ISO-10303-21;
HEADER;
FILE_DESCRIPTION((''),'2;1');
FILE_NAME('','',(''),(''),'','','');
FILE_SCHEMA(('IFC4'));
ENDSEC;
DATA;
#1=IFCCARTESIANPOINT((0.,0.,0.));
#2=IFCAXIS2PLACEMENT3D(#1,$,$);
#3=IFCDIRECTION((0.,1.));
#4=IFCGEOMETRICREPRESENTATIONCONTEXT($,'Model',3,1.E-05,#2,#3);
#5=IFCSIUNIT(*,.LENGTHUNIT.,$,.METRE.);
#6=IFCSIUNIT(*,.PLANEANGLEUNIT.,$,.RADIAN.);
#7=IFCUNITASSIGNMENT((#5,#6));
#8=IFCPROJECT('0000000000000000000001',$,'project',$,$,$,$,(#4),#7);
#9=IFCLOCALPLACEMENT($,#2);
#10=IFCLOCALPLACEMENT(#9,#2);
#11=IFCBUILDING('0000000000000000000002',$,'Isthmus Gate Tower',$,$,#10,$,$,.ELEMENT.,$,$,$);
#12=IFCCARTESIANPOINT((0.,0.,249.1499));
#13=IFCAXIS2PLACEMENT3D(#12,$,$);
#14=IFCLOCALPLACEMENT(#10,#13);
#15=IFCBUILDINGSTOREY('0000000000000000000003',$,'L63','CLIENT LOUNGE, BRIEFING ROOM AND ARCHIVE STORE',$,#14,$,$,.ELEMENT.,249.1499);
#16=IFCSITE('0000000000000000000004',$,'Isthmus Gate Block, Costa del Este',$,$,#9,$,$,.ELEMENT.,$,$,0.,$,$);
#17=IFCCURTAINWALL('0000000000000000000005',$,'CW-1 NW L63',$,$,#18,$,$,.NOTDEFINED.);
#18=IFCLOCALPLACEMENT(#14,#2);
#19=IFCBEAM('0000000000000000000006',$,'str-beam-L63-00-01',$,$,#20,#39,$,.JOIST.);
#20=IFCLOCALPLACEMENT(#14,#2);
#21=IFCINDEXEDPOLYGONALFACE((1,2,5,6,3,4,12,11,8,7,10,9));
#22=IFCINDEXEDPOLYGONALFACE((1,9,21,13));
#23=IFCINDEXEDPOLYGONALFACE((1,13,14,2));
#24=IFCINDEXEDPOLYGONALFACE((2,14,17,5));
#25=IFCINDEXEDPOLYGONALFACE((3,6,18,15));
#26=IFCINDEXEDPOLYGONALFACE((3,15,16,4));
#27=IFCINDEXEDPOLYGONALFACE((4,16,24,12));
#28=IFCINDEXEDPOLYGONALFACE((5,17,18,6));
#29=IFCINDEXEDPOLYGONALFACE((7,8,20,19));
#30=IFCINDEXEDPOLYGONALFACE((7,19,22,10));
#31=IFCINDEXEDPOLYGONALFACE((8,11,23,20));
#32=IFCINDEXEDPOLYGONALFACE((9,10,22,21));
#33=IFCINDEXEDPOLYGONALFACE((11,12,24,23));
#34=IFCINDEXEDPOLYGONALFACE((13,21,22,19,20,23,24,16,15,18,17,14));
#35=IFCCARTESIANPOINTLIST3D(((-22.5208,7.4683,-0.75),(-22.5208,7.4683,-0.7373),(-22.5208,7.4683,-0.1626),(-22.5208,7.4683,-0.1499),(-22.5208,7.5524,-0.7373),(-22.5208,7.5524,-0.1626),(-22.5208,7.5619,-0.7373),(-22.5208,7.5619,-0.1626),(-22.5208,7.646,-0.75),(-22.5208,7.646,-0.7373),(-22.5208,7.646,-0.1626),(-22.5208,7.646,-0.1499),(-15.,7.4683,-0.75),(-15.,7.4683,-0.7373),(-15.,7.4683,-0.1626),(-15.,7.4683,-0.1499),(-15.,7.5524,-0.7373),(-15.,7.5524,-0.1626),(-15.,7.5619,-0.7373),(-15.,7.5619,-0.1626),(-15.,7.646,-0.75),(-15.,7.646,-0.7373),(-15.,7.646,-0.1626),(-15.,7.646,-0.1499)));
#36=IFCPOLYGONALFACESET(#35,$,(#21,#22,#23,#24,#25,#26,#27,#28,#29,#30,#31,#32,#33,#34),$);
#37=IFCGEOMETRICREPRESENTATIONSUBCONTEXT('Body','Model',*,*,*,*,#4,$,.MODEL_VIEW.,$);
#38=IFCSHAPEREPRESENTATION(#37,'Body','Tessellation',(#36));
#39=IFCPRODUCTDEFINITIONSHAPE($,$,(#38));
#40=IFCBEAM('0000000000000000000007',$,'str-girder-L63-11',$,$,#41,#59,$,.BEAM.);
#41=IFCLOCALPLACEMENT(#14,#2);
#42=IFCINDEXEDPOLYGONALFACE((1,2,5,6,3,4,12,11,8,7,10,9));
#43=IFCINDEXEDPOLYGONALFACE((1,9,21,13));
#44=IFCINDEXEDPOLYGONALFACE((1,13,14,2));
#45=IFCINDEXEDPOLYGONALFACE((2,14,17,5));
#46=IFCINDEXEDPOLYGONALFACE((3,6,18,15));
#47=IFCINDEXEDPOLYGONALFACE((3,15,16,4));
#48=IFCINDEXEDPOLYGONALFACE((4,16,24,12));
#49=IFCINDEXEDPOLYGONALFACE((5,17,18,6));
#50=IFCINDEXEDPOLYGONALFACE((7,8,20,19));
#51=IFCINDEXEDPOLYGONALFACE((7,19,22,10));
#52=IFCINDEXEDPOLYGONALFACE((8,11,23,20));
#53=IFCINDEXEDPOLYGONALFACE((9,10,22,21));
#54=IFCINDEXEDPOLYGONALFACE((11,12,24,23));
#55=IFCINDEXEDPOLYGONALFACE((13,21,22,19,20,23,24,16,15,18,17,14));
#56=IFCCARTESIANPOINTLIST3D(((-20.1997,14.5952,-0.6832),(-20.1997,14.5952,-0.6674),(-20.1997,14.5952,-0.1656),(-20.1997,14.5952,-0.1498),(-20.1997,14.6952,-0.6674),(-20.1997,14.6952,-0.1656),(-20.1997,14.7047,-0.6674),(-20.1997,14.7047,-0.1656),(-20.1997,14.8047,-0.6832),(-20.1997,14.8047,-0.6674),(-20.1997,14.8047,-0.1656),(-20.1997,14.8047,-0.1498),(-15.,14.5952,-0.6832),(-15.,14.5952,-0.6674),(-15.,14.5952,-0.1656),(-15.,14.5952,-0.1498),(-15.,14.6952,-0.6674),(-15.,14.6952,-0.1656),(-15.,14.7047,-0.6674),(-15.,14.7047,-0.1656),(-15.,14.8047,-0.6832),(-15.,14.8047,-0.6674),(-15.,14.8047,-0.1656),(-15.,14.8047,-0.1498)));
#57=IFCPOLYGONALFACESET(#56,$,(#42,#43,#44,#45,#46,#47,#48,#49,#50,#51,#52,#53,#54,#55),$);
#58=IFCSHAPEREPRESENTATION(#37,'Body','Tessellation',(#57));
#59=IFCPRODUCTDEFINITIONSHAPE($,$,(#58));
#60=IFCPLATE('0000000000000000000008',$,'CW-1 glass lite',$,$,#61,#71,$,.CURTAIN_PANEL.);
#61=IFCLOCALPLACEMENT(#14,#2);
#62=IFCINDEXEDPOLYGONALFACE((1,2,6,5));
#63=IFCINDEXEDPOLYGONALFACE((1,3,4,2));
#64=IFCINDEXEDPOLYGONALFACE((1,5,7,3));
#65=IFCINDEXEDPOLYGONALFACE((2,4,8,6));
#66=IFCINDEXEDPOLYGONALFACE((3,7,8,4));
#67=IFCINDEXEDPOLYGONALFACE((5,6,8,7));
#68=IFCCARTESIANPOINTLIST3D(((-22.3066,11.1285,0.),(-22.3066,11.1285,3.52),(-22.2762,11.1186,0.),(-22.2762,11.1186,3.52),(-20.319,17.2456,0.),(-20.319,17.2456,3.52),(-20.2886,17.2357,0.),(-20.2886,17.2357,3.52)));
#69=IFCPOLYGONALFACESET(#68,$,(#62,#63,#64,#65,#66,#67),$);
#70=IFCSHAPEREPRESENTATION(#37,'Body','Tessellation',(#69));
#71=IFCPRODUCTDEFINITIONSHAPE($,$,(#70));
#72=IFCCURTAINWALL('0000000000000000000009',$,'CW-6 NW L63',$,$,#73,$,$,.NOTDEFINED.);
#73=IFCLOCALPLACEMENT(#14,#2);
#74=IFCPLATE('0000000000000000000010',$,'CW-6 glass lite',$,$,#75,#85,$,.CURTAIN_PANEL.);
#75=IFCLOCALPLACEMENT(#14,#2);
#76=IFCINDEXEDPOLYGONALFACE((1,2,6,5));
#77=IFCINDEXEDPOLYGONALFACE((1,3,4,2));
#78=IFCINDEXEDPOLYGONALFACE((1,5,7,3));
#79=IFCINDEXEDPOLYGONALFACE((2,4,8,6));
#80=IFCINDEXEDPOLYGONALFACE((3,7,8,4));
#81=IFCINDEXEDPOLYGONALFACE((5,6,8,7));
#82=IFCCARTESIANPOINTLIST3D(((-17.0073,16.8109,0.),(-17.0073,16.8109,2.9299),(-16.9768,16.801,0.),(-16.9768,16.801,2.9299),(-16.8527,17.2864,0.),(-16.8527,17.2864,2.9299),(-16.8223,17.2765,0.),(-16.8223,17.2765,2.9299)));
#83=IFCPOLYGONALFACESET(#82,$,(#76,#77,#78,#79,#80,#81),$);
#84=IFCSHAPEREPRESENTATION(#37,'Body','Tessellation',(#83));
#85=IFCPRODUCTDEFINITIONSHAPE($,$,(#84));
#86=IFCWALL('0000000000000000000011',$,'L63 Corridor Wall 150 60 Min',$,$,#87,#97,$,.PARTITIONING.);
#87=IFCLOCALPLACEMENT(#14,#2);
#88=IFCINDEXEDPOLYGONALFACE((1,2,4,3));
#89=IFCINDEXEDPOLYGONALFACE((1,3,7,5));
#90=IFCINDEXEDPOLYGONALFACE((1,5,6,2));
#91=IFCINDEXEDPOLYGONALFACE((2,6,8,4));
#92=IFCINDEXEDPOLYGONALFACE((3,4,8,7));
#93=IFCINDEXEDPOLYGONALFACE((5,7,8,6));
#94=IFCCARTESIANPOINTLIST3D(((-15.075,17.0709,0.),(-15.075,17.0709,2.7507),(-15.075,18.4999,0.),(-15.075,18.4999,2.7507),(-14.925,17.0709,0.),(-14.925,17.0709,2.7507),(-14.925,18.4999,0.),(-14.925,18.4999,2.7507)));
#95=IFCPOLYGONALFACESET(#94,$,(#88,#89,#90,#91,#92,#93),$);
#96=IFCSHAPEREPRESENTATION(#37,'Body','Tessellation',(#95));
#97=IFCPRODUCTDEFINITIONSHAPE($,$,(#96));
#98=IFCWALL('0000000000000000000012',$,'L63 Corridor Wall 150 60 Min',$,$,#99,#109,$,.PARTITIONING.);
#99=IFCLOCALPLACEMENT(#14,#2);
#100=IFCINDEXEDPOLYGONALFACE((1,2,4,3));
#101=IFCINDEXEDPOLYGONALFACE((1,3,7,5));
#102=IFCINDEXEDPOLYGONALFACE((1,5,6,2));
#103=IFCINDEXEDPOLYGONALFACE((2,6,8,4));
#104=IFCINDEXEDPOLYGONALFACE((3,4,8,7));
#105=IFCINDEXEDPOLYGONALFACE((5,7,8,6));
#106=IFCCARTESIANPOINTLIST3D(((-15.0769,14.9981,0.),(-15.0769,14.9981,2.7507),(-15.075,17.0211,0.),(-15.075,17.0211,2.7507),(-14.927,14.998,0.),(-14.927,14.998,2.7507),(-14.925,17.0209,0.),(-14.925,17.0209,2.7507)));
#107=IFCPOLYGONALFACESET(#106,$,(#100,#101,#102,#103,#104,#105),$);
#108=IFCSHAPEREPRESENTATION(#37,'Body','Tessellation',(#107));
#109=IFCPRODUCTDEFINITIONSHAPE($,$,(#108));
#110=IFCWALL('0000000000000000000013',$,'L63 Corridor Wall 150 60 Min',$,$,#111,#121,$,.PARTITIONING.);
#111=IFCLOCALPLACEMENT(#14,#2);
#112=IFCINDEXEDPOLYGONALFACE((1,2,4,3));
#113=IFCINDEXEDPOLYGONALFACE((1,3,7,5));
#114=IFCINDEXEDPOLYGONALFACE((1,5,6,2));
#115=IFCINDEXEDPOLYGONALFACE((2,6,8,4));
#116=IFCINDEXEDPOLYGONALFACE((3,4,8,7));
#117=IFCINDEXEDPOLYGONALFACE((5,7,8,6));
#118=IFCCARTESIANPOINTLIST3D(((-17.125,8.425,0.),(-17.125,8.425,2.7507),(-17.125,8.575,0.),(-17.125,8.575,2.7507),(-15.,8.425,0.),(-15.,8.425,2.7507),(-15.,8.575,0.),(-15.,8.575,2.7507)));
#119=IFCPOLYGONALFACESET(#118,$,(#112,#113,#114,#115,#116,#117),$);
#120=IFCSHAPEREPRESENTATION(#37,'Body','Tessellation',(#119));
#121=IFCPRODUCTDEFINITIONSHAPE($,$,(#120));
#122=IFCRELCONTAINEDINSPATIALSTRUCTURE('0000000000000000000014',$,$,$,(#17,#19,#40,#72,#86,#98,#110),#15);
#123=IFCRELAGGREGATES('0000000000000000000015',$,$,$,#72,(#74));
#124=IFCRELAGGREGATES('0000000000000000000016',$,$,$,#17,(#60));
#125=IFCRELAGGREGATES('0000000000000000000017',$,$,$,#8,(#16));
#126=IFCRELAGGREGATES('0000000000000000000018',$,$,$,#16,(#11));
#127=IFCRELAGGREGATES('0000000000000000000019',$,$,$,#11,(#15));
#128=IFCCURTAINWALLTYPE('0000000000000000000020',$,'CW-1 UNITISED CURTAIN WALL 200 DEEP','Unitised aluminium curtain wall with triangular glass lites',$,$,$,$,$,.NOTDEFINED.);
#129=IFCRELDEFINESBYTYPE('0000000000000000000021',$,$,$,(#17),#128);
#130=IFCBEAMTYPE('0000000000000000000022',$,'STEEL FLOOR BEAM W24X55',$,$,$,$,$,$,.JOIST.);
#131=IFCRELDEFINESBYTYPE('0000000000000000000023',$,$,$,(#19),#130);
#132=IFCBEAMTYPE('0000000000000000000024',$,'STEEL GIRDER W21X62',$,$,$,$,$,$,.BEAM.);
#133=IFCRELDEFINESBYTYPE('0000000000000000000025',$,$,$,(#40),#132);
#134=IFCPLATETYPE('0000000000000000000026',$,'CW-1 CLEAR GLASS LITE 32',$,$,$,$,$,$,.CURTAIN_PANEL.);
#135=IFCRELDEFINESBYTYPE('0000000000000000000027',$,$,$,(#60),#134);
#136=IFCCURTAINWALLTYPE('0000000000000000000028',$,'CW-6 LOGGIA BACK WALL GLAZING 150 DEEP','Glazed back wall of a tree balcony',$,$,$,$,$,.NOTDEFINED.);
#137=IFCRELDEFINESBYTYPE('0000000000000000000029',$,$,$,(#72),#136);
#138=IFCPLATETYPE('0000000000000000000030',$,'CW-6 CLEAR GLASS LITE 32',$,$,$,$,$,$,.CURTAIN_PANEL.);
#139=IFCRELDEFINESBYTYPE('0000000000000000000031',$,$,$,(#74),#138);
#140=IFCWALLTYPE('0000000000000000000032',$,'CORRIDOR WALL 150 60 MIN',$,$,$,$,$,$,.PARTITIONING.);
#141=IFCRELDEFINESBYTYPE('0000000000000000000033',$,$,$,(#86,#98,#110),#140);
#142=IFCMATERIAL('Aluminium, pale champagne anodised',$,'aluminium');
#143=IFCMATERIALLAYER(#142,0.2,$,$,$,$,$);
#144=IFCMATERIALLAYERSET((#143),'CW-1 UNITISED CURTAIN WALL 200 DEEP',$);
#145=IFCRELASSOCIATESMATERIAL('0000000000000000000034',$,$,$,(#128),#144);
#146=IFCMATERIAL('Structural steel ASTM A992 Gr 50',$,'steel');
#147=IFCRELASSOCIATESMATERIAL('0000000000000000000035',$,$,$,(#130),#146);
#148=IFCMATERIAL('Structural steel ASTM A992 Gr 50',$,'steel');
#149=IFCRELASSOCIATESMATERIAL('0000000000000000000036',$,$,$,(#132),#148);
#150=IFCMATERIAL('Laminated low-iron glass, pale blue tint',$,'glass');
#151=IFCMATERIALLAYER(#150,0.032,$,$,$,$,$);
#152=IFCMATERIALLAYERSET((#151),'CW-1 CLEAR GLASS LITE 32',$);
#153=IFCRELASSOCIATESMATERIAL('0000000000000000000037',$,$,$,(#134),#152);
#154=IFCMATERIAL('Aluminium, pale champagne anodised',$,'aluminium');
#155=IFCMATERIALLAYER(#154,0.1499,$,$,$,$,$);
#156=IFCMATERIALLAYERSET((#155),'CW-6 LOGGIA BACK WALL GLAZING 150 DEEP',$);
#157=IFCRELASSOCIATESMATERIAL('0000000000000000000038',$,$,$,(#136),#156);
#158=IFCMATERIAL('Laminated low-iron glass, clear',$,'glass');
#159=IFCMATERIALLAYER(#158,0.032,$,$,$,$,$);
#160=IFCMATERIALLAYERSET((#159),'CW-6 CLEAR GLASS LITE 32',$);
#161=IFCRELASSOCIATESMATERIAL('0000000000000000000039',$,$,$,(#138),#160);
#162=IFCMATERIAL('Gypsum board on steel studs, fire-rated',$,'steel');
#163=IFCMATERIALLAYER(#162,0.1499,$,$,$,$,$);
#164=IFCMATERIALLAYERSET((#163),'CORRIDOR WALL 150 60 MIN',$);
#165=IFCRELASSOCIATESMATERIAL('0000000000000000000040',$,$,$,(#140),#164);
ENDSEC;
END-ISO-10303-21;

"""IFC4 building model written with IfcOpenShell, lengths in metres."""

from ifc_helpers import new_model, si_unit, direction, frame, frame_2d, origin, origin_2d, place, context, subcontext, project, spatial, rectangle, i_section, extrude, material, layer, layer_set, material_profile, profile_set, type_object, element, aggregate, save


model = new_model("IFC4")

# Units and contexts
model_context = context("Model", 3, precision=1e-05, world=origin(), true_north=direction((0.0, 1.0)))
body_context = subcontext(model_context, "Body", "Model", "MODEL_VIEW")
ifc_project = project(units=[si_unit("LENGTHUNIT", "METRE"), si_unit("PLANEANGLEUNIT", "RADIAN")], contexts=[model_context])

# Site, building, storey
site_placement = place(None, origin())
site = spatial("IfcSite", under=ifc_project, at=site_placement, Name="Isthmus Gate Block, Costa del Este", CompositionType="ELEMENT", RefElevation=0.0)
building_placement = place(site_placement, origin())
building = spatial("IfcBuilding", under=site, at=building_placement, Name="Isthmus Gate Tower", CompositionType="ELEMENT")
storey_placement = place(building_placement, frame((0.0, 0.0, 249.1499)))
storey = spatial("IfcBuildingStorey", under=building, at=storey_placement, Name="L63", Description="CLIENT LOUNGE, BRIEFING ROOM AND ARCHIVE STORE", CompositionType="ELEMENT", Elevation=249.1499)

# Curtain wall
ifc_material_1 = material(Name="Aluminium, pale champagne anodised", Category="aluminium")
ifc_layer_1 = layer(ifc_material_1, 0.2)
ifc_layer_set_1 = layer_set([ifc_layer_1], Name="CW-1 UNITISED CURTAIN WALL 200 DEEP")
curtain_wall_type_1 = type_object("IfcCurtainWallType", Name="CW-1 UNITISED CURTAIN WALL 200 DEEP", Description="Unitised aluminium curtain wall with triangular glass lites", PredefinedType="NOTDEFINED", material=ifc_layer_set_1)
curtain_wall_1_placement = place(storey_placement, origin())
curtain_wall_1 = element("IfcCurtainWall", 1, at=curtain_wall_1_placement, inside=storey, type_object=curtain_wall_type_1, Name="CW-1 NW L63", PredefinedType="NOTDEFINED")

# Beams
ifc_material_2 = material(Name="Structural steel ASTM A992 Gr 50", Category="steel")
ifc_material_profile_1 = material_profile(ifc_material_2, i_section(OverallWidth=0.1777, OverallDepth=0.6001, WebThickness=0.0095, FlangeThickness=0.0127, at=origin_2d()), Name="W24X55")
ifc_profile_set_1 = profile_set([ifc_material_profile_1], Name="Structural steel ASTM A992 Gr 50")
beam_type_1 = type_object("IfcBeamType", Name="STEEL FLOOR BEAM W24X55", PredefinedType="JOIST", material=ifc_profile_set_1)
beam_1_placement = place(storey_placement, frame((-22.5208, 7.5571, -0.45), z_axis=(1.0, 0.0, 0.0), x_axis=(0.0, 1.0, 0.0)))
element("IfcBeam", 2, at=beam_1_placement, inside=storey, type_object=beam_type_1, Name="str-beam-L63-00-01", PredefinedType="JOIST", context=body_context, shape_type="SweptSolid", body=[
    extrude(i_section(OverallWidth=0.1777, OverallDepth=0.6001, WebThickness=0.0095, FlangeThickness=0.0127, at=origin_2d()), origin(), (0.0, 0.0, 1.0), 7.5208),
])
ifc_material_3 = material(Name="Structural steel ASTM A992 Gr 50", Category="steel")
ifc_material_profile_2 = material_profile(ifc_material_3, i_section(OverallWidth=0.2095, OverallDepth=0.5334, WebThickness=0.0095, FlangeThickness=0.0159, at=origin_2d()), Name="W21X62")
ifc_profile_set_2 = profile_set([ifc_material_profile_2], Name="Structural steel ASTM A992 Gr 50")
beam_type_2 = type_object("IfcBeamType", Name="STEEL GIRDER W21X62", PredefinedType="BEAM", material=ifc_profile_set_2)
beam_2_placement = place(storey_placement, frame((-15.0, 14.7, -0.4165), z_axis=(-1.0, 0.0, 0.0), x_axis=(0.0, -1.0, 0.0)))
element("IfcBeam", 3, at=beam_2_placement, inside=storey, type_object=beam_type_2, Name="str-girder-L63-11", PredefinedType="BEAM", context=body_context, shape_type="SweptSolid", body=[
    extrude(i_section(OverallWidth=0.2095, OverallDepth=0.5334, WebThickness=0.0095, FlangeThickness=0.0159, at=origin_2d()), origin(), (0.0, 0.0, 1.0), 5.1997),
])

# Plate
ifc_material_4 = material(Name="Laminated low-iron glass, pale blue tint", Category="glass")
ifc_layer_2 = layer(ifc_material_4, 0.032)
ifc_layer_set_2 = layer_set([ifc_layer_2], Name="CW-1 CLEAR GLASS LITE 32")
plate_type_1 = type_object("IfcPlateType", Name="CW-1 CLEAR GLASS LITE 32", PredefinedType="CURTAIN_PANEL", material=ifc_layer_set_2)
plate_1_placement = place(storey_placement, frame((-21.2976, 14.1821, 0.0), z_axis=(0.0, 0.0, 1.0), x_axis=(-0.309017, -0.951057, 0.0)))
plate_1 = element("IfcPlate", 4, at=plate_1_placement, type_object=plate_type_1, Name="CW-1 glass lite", PredefinedType="CURTAIN_PANEL", context=body_context, shape_type="SweptSolid", body=[
    extrude(rectangle(XDim=6.4319, YDim=0.032, at=origin_2d()), origin(), (0.0, 0.0, 1.0), 3.52),
])

# Curtain wall, plate
ifc_material_5 = material(Name="Aluminium, pale champagne anodised", Category="aluminium")
ifc_layer_3 = layer(ifc_material_5, 0.1499)
ifc_layer_set_3 = layer_set([ifc_layer_3], Name="CW-6 LOGGIA BACK WALL GLAZING 150 DEEP")
curtain_wall_type_2 = type_object("IfcCurtainWallType", Name="CW-6 LOGGIA BACK WALL GLAZING 150 DEEP", Description="Glazed back wall of a tree balcony", PredefinedType="NOTDEFINED", material=ifc_layer_set_3)
curtain_wall_2_placement = place(storey_placement, origin())
curtain_wall_2 = element("IfcCurtainWall", 5, at=curtain_wall_2_placement, inside=storey, type_object=curtain_wall_type_2, Name="CW-6 NW L63", PredefinedType="NOTDEFINED")
ifc_material_6 = material(Name="Laminated low-iron glass, clear", Category="glass")
ifc_layer_4 = layer(ifc_material_6, 0.032)
ifc_layer_set_4 = layer_set([ifc_layer_4], Name="CW-6 CLEAR GLASS LITE 32")
plate_type_2 = type_object("IfcPlateType", Name="CW-6 CLEAR GLASS LITE 32", PredefinedType="CURTAIN_PANEL", material=ifc_layer_set_4)
plate_2_placement = place(storey_placement, frame((-16.9148, 17.0437, 0.0), z_axis=(0.0, 0.0, 1.0), x_axis=(-0.309017, -0.951057, 0.0)))
plate_2 = element("IfcPlate", 6, at=plate_2_placement, type_object=plate_type_2, Name="CW-6 glass lite", PredefinedType="CURTAIN_PANEL", context=body_context, shape_type="SweptSolid", body=[
    extrude(rectangle(XDim=0.5, YDim=0.032, at=origin_2d()), origin(), (0.0, 0.0, 1.0), 2.9299),
])
aggregate(curtain_wall_2, [plate_2])

# Walls
ifc_material_7 = material(Name="Gypsum board on steel studs, fire-rated", Category="steel")
ifc_layer_5 = layer(ifc_material_7, 0.1499)
ifc_layer_set_5 = layer_set([ifc_layer_5], Name="CORRIDOR WALL 150 60 MIN")
wall_type_1 = type_object("IfcWallType", Name="CORRIDOR WALL 150 60 MIN", PredefinedType="PARTITIONING", material=ifc_layer_set_5)
wall_1_placement = place(storey_placement, frame((-15.0, 17.071, 0.0), z_axis=(0.0, 0.0, 1.0), x_axis=(0.0, 1.0, 0.0)))
element("IfcWall", 7, at=wall_1_placement, inside=storey, type_object=wall_type_1, Name="L63 Corridor Wall 150 60 Min", PredefinedType="PARTITIONING", context=body_context, shape_type="SweptSolid", body=[
    extrude(rectangle(XDim=1.429, YDim=0.1499, at=frame_2d((0.7144, 0.0))), origin(), (0.0, 0.0, 1.0), 2.7507),
])
wall_2_placement = place(storey_placement, frame((-15.002, 14.998, 0.0), z_axis=(0.0, 0.0, 1.0), x_axis=(0.000965, 1.0, 0.0)))
element("IfcWall", 8, at=wall_2_placement, inside=storey, type_object=wall_type_1, Name="L63 Corridor Wall 150 60 Min", PredefinedType="PARTITIONING", context=body_context, shape_type="SweptSolid", body=[
    extrude(rectangle(XDim=2.0229, YDim=0.1499, at=frame_2d((1.0115, 0.0))), origin(), (0.0, 0.0, 1.0), 2.7507),
])
wall_3_placement = place(storey_placement, frame((-17.125, 8.5, 0.0), z_axis=(0.0, 0.0, 1.0), x_axis=(1.0, 0.0, 0.0)))
element("IfcWall", 9, at=wall_3_placement, inside=storey, type_object=wall_type_1, Name="L63 Corridor Wall 150 60 Min", PredefinedType="PARTITIONING", context=body_context, shape_type="SweptSolid", body=[
    extrude(rectangle(XDim=2.125, YDim=0.1499, at=frame_2d((1.0625, 0.0))), origin(), (0.0, 0.0, 1.0), 2.7507),
])

aggregate(curtain_wall_1, [plate_1])

save(model, "model.ifc")
